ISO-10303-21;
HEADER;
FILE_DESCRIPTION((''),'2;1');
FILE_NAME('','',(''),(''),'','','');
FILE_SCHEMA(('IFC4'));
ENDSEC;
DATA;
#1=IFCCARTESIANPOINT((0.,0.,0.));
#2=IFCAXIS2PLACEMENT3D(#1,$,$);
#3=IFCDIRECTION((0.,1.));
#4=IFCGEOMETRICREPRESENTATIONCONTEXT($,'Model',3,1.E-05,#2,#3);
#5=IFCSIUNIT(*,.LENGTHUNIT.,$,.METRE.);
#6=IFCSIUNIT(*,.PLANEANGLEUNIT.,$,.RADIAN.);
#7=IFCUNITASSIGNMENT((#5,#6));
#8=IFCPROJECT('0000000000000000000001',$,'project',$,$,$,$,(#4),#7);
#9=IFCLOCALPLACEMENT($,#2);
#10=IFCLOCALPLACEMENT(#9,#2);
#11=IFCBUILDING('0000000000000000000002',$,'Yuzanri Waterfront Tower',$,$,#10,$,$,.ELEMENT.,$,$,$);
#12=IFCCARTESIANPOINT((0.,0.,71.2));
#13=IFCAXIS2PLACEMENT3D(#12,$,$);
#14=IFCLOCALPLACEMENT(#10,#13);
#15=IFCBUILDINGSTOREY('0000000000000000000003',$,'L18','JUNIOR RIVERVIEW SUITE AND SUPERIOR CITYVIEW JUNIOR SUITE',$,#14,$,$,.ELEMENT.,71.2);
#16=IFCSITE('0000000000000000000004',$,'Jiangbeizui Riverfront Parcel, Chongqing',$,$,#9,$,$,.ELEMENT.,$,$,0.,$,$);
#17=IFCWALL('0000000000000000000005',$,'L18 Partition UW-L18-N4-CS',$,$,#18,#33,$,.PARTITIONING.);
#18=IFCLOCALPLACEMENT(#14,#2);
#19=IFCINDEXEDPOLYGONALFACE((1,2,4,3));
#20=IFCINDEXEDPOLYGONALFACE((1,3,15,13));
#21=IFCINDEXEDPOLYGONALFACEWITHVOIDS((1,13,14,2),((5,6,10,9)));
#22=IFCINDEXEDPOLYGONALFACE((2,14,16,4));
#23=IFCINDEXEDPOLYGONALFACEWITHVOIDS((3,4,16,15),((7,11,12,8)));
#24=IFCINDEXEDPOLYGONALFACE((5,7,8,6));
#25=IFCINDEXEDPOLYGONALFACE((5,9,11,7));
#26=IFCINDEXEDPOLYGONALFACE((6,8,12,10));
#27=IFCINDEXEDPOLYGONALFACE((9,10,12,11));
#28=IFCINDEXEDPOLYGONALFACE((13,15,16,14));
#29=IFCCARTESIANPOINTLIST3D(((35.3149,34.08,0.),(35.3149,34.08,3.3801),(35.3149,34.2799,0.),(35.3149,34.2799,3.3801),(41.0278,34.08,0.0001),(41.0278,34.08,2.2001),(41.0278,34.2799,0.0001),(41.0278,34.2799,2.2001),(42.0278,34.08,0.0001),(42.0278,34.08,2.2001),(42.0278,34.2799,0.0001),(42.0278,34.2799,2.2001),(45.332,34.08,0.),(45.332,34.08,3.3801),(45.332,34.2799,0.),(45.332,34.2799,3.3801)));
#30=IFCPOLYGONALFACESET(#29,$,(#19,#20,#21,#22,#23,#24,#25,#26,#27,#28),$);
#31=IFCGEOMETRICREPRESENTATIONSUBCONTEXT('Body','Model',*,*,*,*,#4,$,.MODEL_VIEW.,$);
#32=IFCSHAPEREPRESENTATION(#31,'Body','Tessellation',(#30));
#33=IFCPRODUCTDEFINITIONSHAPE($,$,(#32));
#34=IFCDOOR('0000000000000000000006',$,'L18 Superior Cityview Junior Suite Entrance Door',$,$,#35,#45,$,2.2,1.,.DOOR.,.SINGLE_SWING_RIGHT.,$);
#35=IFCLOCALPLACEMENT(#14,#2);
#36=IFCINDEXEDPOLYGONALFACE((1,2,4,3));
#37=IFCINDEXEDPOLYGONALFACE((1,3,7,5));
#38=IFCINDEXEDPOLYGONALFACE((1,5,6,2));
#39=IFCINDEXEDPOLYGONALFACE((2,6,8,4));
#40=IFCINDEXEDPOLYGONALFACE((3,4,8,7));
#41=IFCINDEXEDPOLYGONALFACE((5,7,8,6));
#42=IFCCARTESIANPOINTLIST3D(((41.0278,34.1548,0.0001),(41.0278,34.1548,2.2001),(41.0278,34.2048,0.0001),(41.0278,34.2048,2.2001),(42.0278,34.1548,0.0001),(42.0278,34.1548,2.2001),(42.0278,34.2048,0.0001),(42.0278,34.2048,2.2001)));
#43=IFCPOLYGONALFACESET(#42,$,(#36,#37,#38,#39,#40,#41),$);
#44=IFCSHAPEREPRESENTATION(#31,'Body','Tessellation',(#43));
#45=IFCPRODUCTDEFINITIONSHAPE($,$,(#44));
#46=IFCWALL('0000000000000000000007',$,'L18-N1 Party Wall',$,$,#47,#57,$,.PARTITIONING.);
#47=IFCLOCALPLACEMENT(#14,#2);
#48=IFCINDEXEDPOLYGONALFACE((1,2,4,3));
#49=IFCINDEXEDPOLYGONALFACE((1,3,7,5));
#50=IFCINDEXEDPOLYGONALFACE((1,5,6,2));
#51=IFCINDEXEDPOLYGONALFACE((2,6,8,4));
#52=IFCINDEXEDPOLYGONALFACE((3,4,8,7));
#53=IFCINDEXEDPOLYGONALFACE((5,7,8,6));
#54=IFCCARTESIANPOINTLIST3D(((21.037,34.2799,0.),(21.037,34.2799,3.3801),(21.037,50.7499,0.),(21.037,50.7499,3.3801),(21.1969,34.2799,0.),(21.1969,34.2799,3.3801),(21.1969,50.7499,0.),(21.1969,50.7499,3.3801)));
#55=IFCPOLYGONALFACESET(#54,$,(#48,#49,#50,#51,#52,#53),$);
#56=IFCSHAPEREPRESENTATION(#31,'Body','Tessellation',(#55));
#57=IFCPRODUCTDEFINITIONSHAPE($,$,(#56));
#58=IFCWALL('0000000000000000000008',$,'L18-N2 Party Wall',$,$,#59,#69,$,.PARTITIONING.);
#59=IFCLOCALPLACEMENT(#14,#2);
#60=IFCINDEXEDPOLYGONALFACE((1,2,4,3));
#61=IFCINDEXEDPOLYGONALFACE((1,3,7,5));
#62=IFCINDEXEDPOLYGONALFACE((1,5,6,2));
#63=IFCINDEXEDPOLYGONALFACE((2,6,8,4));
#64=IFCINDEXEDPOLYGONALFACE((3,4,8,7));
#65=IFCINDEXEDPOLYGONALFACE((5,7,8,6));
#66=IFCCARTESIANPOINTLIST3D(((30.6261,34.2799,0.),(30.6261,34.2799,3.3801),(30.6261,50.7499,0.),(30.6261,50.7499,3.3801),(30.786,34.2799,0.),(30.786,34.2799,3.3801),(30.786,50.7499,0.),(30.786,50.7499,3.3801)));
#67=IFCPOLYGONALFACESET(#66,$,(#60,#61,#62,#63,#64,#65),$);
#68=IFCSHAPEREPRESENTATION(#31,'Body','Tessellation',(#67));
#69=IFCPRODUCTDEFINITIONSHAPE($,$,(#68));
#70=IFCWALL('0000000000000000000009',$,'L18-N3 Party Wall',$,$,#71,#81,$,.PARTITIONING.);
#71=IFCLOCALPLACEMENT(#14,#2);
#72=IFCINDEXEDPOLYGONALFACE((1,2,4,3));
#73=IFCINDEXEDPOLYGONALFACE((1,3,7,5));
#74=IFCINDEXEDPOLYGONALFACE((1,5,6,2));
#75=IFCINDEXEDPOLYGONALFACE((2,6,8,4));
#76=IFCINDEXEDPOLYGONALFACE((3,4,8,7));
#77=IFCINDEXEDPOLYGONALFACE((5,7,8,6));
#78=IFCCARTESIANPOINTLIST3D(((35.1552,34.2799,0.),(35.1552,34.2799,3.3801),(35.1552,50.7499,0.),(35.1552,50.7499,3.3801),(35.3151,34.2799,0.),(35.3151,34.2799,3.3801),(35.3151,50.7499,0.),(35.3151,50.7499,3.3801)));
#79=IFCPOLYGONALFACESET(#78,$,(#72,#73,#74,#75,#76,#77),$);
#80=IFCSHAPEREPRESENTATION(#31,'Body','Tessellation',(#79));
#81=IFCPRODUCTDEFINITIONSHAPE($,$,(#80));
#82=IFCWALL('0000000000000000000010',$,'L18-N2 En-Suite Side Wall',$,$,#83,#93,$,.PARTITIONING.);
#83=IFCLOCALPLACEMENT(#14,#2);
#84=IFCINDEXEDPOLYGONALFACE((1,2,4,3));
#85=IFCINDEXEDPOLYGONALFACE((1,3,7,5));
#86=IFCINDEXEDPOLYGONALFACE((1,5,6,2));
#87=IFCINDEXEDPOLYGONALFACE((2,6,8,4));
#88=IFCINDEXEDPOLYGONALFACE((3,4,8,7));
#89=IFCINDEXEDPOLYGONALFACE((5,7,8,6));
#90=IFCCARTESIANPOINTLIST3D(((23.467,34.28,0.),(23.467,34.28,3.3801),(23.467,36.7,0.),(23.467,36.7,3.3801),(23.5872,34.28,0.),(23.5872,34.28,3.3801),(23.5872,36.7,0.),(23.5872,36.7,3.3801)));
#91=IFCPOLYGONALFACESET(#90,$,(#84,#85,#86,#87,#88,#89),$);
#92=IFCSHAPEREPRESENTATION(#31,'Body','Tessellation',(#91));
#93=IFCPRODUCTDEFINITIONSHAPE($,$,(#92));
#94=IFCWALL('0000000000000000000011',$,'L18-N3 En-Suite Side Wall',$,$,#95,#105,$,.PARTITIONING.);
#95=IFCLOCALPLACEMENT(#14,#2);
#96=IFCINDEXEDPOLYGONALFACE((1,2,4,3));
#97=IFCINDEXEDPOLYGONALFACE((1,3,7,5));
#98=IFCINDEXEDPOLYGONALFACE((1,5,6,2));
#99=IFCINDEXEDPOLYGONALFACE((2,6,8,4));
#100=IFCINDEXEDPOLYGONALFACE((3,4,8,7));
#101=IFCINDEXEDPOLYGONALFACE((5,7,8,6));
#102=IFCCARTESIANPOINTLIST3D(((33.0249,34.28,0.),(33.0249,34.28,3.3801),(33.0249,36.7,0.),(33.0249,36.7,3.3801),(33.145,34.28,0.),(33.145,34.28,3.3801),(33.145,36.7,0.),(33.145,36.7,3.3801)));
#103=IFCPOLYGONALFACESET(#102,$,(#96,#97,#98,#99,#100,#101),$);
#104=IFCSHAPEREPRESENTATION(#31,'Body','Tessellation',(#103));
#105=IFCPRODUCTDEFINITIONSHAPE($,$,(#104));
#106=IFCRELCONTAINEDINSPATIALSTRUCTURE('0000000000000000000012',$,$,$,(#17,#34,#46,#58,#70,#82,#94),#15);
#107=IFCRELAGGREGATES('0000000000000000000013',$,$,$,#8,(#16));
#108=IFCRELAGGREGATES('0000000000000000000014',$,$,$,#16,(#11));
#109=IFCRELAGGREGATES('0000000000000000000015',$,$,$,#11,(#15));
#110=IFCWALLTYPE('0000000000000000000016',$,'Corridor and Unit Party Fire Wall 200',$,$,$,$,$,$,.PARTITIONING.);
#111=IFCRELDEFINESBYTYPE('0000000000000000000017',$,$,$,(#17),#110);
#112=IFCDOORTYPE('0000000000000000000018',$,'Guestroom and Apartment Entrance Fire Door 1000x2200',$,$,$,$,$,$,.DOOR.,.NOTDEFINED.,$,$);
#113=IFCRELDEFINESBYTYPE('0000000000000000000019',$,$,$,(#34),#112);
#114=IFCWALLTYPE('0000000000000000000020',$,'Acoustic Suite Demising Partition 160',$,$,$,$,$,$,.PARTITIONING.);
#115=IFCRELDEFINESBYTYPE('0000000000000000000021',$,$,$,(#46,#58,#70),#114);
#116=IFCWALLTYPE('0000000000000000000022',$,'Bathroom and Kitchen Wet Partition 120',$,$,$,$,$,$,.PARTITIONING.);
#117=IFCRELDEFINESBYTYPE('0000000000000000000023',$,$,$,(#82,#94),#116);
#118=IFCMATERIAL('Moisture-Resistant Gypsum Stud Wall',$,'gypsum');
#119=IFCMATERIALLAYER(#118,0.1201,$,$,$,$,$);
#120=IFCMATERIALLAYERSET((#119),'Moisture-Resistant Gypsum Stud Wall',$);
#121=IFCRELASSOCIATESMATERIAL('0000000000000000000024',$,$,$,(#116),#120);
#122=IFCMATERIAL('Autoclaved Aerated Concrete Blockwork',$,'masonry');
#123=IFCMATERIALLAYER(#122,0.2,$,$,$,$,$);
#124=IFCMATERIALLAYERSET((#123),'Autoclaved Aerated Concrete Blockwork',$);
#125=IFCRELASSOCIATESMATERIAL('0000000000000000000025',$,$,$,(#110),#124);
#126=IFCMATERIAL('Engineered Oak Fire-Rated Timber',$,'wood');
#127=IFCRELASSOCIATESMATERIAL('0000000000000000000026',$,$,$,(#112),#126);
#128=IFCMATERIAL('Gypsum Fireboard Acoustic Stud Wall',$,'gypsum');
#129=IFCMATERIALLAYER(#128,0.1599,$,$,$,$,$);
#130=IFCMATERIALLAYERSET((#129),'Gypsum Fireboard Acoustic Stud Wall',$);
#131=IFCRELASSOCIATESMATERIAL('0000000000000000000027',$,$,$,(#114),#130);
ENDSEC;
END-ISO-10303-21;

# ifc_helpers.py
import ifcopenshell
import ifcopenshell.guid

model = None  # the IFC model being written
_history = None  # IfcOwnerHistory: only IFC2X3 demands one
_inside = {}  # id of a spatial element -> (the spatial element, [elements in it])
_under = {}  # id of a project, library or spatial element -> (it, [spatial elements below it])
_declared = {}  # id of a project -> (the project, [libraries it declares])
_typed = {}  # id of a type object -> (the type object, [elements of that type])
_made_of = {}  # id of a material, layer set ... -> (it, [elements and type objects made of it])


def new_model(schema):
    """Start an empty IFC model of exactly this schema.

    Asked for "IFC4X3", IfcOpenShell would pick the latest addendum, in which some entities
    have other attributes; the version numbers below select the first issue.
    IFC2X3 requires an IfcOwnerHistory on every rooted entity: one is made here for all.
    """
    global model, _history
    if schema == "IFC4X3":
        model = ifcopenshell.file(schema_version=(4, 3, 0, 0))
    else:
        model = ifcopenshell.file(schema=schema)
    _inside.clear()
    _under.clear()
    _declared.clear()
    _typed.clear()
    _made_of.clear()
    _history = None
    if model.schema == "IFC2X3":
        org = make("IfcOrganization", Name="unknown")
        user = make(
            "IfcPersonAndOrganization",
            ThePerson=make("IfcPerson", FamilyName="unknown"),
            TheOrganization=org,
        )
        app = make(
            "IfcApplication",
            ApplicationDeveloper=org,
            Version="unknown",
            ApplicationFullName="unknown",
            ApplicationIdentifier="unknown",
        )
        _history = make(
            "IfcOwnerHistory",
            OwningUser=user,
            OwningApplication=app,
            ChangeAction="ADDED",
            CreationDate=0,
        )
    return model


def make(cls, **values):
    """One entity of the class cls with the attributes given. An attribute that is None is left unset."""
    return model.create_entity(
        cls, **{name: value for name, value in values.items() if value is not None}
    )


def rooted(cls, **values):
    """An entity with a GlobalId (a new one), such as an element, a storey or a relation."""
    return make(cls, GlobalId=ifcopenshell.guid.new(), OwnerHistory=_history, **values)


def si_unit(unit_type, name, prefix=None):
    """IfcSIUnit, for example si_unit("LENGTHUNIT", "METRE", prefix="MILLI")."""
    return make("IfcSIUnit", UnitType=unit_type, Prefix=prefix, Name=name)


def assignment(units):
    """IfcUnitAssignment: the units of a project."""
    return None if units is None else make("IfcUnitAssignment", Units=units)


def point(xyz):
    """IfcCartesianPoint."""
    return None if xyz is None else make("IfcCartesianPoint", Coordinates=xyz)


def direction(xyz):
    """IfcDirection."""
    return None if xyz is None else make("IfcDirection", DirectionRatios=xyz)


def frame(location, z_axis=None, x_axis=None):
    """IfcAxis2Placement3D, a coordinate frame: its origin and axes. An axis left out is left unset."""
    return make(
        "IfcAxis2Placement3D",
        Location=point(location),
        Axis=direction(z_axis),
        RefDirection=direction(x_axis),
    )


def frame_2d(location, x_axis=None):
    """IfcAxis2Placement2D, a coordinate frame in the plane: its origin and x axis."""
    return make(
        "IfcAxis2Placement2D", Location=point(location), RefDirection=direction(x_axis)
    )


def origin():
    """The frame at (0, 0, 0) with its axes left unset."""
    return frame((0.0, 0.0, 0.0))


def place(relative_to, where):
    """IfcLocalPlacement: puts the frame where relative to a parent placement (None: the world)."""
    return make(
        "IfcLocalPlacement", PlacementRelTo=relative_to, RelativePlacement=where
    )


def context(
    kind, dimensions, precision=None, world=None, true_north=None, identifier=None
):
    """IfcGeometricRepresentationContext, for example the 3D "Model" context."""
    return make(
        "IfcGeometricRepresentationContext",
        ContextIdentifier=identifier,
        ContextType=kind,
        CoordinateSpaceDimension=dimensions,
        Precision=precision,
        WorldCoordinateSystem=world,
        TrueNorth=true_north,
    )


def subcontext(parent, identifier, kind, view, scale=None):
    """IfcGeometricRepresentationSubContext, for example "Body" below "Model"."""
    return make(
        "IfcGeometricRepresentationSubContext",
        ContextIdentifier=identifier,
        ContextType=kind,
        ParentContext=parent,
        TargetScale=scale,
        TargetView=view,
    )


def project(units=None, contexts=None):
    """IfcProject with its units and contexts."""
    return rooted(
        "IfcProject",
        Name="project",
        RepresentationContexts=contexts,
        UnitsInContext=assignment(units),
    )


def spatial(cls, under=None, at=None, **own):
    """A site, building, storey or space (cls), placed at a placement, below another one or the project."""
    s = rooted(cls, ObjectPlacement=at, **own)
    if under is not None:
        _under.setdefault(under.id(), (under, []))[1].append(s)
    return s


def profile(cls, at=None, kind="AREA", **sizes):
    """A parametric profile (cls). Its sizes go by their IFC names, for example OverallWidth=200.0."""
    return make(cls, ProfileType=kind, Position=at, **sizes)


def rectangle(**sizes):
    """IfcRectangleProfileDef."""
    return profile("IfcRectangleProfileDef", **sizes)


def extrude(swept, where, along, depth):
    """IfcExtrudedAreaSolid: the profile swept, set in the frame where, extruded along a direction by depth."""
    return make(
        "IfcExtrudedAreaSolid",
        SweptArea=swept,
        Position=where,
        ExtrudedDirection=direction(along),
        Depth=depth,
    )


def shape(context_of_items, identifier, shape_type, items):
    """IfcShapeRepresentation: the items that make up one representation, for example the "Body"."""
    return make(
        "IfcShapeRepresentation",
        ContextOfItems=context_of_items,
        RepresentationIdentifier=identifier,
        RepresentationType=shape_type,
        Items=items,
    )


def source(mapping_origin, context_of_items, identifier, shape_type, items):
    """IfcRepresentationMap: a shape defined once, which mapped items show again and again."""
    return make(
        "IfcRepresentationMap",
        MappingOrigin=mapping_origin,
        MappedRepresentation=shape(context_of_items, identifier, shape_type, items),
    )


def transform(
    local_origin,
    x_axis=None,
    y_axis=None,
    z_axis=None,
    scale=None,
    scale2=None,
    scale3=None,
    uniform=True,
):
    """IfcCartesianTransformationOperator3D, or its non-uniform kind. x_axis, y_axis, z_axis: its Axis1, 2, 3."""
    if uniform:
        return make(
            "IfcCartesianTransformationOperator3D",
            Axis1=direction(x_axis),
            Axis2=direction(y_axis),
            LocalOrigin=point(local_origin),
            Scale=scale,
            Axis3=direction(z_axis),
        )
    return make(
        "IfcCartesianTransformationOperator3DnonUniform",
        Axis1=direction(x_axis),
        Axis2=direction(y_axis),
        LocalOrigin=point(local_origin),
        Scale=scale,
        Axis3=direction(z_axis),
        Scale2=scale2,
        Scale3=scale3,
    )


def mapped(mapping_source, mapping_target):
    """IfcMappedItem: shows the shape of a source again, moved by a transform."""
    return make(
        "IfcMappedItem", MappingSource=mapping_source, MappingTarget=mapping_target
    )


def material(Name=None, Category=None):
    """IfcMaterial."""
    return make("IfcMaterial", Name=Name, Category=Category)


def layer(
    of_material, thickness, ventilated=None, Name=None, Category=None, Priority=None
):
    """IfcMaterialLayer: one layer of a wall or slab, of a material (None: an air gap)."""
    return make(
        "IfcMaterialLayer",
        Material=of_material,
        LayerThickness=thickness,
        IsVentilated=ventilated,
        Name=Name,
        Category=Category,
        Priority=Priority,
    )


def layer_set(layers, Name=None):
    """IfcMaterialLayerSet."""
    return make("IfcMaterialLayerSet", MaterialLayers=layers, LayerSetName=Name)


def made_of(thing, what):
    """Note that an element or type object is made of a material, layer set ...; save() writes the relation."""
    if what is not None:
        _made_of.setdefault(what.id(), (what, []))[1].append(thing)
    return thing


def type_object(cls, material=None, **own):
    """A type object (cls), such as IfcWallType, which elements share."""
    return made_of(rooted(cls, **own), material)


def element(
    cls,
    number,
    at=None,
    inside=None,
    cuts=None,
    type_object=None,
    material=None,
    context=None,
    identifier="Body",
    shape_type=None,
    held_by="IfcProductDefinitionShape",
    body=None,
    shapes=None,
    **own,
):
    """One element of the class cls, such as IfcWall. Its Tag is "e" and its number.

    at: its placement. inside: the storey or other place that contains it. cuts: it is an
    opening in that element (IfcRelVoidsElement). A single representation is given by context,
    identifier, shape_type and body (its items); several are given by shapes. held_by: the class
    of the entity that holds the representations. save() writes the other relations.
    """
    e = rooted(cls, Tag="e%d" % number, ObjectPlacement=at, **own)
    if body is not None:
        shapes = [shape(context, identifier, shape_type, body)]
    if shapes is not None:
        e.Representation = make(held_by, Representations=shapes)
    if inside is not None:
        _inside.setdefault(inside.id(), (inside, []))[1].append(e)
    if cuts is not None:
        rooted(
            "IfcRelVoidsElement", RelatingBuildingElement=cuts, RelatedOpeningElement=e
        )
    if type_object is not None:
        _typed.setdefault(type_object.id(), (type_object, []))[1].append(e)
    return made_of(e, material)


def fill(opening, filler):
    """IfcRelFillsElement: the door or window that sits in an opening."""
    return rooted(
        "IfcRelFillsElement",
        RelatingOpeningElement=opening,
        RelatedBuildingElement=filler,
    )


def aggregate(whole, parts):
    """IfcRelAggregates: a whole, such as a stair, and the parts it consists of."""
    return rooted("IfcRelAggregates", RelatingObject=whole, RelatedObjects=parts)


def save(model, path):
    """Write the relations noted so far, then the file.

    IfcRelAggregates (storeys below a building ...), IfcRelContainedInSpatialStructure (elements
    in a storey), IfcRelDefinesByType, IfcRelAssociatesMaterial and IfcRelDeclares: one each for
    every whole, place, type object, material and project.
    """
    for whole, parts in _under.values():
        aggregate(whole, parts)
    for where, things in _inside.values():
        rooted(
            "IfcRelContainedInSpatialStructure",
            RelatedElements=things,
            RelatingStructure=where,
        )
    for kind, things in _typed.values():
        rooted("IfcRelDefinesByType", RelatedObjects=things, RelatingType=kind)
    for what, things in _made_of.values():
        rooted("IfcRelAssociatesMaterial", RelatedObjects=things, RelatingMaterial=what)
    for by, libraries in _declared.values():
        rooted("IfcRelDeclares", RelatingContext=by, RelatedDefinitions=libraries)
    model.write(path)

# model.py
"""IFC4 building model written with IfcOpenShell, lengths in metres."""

from ifc_helpers import new_model, si_unit, direction, frame, frame_2d, origin, place, context, subcontext, project, spatial, rectangle, extrude, source, transform, mapped, material, layer, layer_set, type_object, element, fill, save


model = new_model("IFC4")

# Units and contexts
model_context = context("Model", 3, precision=1e-05, world=origin(), true_north=direction((0.0, 1.0)))
body_context = subcontext(model_context, "Body", "Model", "MODEL_VIEW")
ifc_project = project(units=[si_unit("LENGTHUNIT", "METRE"), si_unit("PLANEANGLEUNIT", "RADIAN")], contexts=[model_context])

# Site, building, storey
site_placement = place(None, origin())
site = spatial("IfcSite", under=ifc_project, at=site_placement, Name="Jiangbeizui Riverfront Parcel, Chongqing", CompositionType="ELEMENT", RefElevation=0.0)
building_placement = place(site_placement, origin())
building = spatial("IfcBuilding", under=site, at=building_placement, Name="Yuzanri Waterfront Tower", CompositionType="ELEMENT")
storey_placement = place(building_placement, frame((0.0, 0.0, 71.2)))
storey = spatial("IfcBuildingStorey", under=building, at=storey_placement, Name="L18", Description="JUNIOR RIVERVIEW SUITE AND SUPERIOR CITYVIEW JUNIOR SUITE", CompositionType="ELEMENT", Elevation=71.2)

# Wall, opening, door
ifc_material_1 = material(Name="Moisture-Resistant Gypsum Stud Wall", Category="gypsum")
ifc_layer_1 = layer(ifc_material_1, 0.1201)
ifc_layer_set_1 = layer_set([ifc_layer_1], Name="Moisture-Resistant Gypsum Stud Wall")
wall_type_1 = type_object("IfcWallType", Name="Bathroom and Kitchen Wet Partition 120", PredefinedType="PARTITIONING", material=ifc_layer_set_1)
ifc_material_2 = material(Name="Autoclaved Aerated Concrete Blockwork", Category="masonry")
ifc_layer_2 = layer(ifc_material_2, 0.2)
ifc_layer_set_2 = layer_set([ifc_layer_2], Name="Autoclaved Aerated Concrete Blockwork")
wall_type_2 = type_object("IfcWallType", Name="Corridor and Unit Party Fire Wall 200", PredefinedType="PARTITIONING", material=ifc_layer_set_2)
ifc_material_3 = material(Name="Engineered Oak Fire-Rated Timber", Category="wood")
door_type_1 = type_object("IfcDoorType", Name="Guestroom and Apartment Entrance Fire Door 1000x2200", OperationType="NOTDEFINED", PredefinedType="DOOR", material=ifc_material_3)
shared_shape_1 = source(origin(), body_context, "Body", "SweptSolid", [
    extrude(rectangle(XDim=1.0, YDim=2.2, at=frame_2d((0.5, 1.1001))), frame((0.0, 0.0249, 0.0), z_axis=(0.0, -1.0, 0.0), x_axis=(1.0, 0.0, 0.0)), (0.0, 0.0, 1.0), 0.05),
])
wall_1_placement = place(storey_placement, frame((35.3149, 34.1799, 0.0), z_axis=(0.0, 0.0, 1.0), x_axis=(1.0, 0.0, 0.0)))
wall_1 = element("IfcWall", 1, at=wall_1_placement, inside=storey, type_object=wall_type_2, Name="L18 Partition UW-L18-N4-CS", PredefinedType="PARTITIONING", context=body_context, shape_type="SweptSolid", body=[
    extrude(rectangle(XDim=10.0171, YDim=0.2, at=frame_2d((5.0085, 0.0))), origin(), (0.0, 0.0, 1.0), 3.3801),
])
opening_1_placement = place(wall_1_placement, frame((5.7129, 0.0, 0.0)))
opening_1 = element("IfcOpeningElement", 2, at=opening_1_placement, cuts=wall_1, PredefinedType="OPENING", context=body_context, shape_type="SweptSolid", body=[
    extrude(rectangle(XDim=1.0, YDim=2.2, at=frame_2d((0.5, 1.1001))), frame((0.0, 0.1147, 0.0), z_axis=(0.0, -1.0, 0.0), x_axis=(1.0, 0.0, 0.0)), (0.0, 0.0, 1.0), 0.2297),
])
door_1_placement = place(opening_1_placement, origin())
door_1 = element("IfcDoor", 3, at=door_1_placement, inside=storey, type_object=door_type_1, Name="L18 Superior Cityview Junior Suite Entrance Door", OperationType="SINGLE_SWING_RIGHT", OverallHeight=2.2, OverallWidth=1.0, PredefinedType="DOOR", context=body_context, shape_type="MappedRepresentation", body=[
    mapped(shared_shape_1, transform((0.0, 0.0, 0.0), scale=1.0)),
])
fill(opening_1, door_1)

# Walls
ifc_material_4 = material(Name="Gypsum Fireboard Acoustic Stud Wall", Category="gypsum")
ifc_layer_3 = layer(ifc_material_4, 0.1599)
ifc_layer_set_3 = layer_set([ifc_layer_3], Name="Gypsum Fireboard Acoustic Stud Wall")
wall_type_3 = type_object("IfcWallType", Name="Acoustic Suite Demising Partition 160", PredefinedType="PARTITIONING", material=ifc_layer_set_3)
shared_shape_2 = source(origin(), body_context, "Body", "SweptSolid", [
    extrude(rectangle(XDim=16.47, YDim=0.1599, at=frame_2d((8.2349, 0.0))), origin(), (0.0, 0.0, 1.0), 3.3801),
])
for number, where, z_axis, x_axis, name in (
    (4, (21.1169, 34.28, 0.0), (0.0, 0.0, 1.0), (0.0, 1.0, 0.0), "L18-N1 Party Wall"),
    (5, (30.7061, 34.28, 0.0), (0.0, 0.0, 1.0), (0.0, 1.0, 0.0), "L18-N2 Party Wall"),
    (6, (35.2351, 34.28, 0.0), (0.0, 0.0, 1.0), (0.0, 1.0, 0.0), "L18-N3 Party Wall"),
):
    element("IfcWall", number, at=place(storey_placement, frame(where, z_axis=z_axis, x_axis=x_axis)), inside=storey, type_object=wall_type_3, Name=name, PredefinedType="PARTITIONING", context=body_context, shape_type="MappedRepresentation", body=[
        mapped(shared_shape_2, transform((0.0, 0.0, 0.0), scale=1.0)),
    ])
shared_shape_3 = source(origin(), body_context, "Body", "SweptSolid", [
    extrude(rectangle(XDim=2.4199, YDim=0.1201, at=frame_2d((1.21, 0.0))), origin(), (0.0, 0.0, 1.0), 3.3801),
])
for number, where, z_axis, x_axis, name in (
    (7, (23.5271, 34.28, 0.0), (0.0, 0.0, 1.0), (0.0, 1.0, 0.0), "L18-N2 En-Suite Side Wall"),
    (8, (33.085, 34.28, 0.0), (0.0, 0.0, 1.0), (0.0, 1.0, 0.0), "L18-N3 En-Suite Side Wall"),
):
    element("IfcWall", number, at=place(storey_placement, frame(where, z_axis=z_axis, x_axis=x_axis)), inside=storey, type_object=wall_type_1, Name=name, PredefinedType="PARTITIONING", context=body_context, shape_type="MappedRepresentation", body=[
        mapped(shared_shape_3, transform((0.0, 0.0, 0.0), scale=1.0)),
    ])

save(model, "model.ifc")
